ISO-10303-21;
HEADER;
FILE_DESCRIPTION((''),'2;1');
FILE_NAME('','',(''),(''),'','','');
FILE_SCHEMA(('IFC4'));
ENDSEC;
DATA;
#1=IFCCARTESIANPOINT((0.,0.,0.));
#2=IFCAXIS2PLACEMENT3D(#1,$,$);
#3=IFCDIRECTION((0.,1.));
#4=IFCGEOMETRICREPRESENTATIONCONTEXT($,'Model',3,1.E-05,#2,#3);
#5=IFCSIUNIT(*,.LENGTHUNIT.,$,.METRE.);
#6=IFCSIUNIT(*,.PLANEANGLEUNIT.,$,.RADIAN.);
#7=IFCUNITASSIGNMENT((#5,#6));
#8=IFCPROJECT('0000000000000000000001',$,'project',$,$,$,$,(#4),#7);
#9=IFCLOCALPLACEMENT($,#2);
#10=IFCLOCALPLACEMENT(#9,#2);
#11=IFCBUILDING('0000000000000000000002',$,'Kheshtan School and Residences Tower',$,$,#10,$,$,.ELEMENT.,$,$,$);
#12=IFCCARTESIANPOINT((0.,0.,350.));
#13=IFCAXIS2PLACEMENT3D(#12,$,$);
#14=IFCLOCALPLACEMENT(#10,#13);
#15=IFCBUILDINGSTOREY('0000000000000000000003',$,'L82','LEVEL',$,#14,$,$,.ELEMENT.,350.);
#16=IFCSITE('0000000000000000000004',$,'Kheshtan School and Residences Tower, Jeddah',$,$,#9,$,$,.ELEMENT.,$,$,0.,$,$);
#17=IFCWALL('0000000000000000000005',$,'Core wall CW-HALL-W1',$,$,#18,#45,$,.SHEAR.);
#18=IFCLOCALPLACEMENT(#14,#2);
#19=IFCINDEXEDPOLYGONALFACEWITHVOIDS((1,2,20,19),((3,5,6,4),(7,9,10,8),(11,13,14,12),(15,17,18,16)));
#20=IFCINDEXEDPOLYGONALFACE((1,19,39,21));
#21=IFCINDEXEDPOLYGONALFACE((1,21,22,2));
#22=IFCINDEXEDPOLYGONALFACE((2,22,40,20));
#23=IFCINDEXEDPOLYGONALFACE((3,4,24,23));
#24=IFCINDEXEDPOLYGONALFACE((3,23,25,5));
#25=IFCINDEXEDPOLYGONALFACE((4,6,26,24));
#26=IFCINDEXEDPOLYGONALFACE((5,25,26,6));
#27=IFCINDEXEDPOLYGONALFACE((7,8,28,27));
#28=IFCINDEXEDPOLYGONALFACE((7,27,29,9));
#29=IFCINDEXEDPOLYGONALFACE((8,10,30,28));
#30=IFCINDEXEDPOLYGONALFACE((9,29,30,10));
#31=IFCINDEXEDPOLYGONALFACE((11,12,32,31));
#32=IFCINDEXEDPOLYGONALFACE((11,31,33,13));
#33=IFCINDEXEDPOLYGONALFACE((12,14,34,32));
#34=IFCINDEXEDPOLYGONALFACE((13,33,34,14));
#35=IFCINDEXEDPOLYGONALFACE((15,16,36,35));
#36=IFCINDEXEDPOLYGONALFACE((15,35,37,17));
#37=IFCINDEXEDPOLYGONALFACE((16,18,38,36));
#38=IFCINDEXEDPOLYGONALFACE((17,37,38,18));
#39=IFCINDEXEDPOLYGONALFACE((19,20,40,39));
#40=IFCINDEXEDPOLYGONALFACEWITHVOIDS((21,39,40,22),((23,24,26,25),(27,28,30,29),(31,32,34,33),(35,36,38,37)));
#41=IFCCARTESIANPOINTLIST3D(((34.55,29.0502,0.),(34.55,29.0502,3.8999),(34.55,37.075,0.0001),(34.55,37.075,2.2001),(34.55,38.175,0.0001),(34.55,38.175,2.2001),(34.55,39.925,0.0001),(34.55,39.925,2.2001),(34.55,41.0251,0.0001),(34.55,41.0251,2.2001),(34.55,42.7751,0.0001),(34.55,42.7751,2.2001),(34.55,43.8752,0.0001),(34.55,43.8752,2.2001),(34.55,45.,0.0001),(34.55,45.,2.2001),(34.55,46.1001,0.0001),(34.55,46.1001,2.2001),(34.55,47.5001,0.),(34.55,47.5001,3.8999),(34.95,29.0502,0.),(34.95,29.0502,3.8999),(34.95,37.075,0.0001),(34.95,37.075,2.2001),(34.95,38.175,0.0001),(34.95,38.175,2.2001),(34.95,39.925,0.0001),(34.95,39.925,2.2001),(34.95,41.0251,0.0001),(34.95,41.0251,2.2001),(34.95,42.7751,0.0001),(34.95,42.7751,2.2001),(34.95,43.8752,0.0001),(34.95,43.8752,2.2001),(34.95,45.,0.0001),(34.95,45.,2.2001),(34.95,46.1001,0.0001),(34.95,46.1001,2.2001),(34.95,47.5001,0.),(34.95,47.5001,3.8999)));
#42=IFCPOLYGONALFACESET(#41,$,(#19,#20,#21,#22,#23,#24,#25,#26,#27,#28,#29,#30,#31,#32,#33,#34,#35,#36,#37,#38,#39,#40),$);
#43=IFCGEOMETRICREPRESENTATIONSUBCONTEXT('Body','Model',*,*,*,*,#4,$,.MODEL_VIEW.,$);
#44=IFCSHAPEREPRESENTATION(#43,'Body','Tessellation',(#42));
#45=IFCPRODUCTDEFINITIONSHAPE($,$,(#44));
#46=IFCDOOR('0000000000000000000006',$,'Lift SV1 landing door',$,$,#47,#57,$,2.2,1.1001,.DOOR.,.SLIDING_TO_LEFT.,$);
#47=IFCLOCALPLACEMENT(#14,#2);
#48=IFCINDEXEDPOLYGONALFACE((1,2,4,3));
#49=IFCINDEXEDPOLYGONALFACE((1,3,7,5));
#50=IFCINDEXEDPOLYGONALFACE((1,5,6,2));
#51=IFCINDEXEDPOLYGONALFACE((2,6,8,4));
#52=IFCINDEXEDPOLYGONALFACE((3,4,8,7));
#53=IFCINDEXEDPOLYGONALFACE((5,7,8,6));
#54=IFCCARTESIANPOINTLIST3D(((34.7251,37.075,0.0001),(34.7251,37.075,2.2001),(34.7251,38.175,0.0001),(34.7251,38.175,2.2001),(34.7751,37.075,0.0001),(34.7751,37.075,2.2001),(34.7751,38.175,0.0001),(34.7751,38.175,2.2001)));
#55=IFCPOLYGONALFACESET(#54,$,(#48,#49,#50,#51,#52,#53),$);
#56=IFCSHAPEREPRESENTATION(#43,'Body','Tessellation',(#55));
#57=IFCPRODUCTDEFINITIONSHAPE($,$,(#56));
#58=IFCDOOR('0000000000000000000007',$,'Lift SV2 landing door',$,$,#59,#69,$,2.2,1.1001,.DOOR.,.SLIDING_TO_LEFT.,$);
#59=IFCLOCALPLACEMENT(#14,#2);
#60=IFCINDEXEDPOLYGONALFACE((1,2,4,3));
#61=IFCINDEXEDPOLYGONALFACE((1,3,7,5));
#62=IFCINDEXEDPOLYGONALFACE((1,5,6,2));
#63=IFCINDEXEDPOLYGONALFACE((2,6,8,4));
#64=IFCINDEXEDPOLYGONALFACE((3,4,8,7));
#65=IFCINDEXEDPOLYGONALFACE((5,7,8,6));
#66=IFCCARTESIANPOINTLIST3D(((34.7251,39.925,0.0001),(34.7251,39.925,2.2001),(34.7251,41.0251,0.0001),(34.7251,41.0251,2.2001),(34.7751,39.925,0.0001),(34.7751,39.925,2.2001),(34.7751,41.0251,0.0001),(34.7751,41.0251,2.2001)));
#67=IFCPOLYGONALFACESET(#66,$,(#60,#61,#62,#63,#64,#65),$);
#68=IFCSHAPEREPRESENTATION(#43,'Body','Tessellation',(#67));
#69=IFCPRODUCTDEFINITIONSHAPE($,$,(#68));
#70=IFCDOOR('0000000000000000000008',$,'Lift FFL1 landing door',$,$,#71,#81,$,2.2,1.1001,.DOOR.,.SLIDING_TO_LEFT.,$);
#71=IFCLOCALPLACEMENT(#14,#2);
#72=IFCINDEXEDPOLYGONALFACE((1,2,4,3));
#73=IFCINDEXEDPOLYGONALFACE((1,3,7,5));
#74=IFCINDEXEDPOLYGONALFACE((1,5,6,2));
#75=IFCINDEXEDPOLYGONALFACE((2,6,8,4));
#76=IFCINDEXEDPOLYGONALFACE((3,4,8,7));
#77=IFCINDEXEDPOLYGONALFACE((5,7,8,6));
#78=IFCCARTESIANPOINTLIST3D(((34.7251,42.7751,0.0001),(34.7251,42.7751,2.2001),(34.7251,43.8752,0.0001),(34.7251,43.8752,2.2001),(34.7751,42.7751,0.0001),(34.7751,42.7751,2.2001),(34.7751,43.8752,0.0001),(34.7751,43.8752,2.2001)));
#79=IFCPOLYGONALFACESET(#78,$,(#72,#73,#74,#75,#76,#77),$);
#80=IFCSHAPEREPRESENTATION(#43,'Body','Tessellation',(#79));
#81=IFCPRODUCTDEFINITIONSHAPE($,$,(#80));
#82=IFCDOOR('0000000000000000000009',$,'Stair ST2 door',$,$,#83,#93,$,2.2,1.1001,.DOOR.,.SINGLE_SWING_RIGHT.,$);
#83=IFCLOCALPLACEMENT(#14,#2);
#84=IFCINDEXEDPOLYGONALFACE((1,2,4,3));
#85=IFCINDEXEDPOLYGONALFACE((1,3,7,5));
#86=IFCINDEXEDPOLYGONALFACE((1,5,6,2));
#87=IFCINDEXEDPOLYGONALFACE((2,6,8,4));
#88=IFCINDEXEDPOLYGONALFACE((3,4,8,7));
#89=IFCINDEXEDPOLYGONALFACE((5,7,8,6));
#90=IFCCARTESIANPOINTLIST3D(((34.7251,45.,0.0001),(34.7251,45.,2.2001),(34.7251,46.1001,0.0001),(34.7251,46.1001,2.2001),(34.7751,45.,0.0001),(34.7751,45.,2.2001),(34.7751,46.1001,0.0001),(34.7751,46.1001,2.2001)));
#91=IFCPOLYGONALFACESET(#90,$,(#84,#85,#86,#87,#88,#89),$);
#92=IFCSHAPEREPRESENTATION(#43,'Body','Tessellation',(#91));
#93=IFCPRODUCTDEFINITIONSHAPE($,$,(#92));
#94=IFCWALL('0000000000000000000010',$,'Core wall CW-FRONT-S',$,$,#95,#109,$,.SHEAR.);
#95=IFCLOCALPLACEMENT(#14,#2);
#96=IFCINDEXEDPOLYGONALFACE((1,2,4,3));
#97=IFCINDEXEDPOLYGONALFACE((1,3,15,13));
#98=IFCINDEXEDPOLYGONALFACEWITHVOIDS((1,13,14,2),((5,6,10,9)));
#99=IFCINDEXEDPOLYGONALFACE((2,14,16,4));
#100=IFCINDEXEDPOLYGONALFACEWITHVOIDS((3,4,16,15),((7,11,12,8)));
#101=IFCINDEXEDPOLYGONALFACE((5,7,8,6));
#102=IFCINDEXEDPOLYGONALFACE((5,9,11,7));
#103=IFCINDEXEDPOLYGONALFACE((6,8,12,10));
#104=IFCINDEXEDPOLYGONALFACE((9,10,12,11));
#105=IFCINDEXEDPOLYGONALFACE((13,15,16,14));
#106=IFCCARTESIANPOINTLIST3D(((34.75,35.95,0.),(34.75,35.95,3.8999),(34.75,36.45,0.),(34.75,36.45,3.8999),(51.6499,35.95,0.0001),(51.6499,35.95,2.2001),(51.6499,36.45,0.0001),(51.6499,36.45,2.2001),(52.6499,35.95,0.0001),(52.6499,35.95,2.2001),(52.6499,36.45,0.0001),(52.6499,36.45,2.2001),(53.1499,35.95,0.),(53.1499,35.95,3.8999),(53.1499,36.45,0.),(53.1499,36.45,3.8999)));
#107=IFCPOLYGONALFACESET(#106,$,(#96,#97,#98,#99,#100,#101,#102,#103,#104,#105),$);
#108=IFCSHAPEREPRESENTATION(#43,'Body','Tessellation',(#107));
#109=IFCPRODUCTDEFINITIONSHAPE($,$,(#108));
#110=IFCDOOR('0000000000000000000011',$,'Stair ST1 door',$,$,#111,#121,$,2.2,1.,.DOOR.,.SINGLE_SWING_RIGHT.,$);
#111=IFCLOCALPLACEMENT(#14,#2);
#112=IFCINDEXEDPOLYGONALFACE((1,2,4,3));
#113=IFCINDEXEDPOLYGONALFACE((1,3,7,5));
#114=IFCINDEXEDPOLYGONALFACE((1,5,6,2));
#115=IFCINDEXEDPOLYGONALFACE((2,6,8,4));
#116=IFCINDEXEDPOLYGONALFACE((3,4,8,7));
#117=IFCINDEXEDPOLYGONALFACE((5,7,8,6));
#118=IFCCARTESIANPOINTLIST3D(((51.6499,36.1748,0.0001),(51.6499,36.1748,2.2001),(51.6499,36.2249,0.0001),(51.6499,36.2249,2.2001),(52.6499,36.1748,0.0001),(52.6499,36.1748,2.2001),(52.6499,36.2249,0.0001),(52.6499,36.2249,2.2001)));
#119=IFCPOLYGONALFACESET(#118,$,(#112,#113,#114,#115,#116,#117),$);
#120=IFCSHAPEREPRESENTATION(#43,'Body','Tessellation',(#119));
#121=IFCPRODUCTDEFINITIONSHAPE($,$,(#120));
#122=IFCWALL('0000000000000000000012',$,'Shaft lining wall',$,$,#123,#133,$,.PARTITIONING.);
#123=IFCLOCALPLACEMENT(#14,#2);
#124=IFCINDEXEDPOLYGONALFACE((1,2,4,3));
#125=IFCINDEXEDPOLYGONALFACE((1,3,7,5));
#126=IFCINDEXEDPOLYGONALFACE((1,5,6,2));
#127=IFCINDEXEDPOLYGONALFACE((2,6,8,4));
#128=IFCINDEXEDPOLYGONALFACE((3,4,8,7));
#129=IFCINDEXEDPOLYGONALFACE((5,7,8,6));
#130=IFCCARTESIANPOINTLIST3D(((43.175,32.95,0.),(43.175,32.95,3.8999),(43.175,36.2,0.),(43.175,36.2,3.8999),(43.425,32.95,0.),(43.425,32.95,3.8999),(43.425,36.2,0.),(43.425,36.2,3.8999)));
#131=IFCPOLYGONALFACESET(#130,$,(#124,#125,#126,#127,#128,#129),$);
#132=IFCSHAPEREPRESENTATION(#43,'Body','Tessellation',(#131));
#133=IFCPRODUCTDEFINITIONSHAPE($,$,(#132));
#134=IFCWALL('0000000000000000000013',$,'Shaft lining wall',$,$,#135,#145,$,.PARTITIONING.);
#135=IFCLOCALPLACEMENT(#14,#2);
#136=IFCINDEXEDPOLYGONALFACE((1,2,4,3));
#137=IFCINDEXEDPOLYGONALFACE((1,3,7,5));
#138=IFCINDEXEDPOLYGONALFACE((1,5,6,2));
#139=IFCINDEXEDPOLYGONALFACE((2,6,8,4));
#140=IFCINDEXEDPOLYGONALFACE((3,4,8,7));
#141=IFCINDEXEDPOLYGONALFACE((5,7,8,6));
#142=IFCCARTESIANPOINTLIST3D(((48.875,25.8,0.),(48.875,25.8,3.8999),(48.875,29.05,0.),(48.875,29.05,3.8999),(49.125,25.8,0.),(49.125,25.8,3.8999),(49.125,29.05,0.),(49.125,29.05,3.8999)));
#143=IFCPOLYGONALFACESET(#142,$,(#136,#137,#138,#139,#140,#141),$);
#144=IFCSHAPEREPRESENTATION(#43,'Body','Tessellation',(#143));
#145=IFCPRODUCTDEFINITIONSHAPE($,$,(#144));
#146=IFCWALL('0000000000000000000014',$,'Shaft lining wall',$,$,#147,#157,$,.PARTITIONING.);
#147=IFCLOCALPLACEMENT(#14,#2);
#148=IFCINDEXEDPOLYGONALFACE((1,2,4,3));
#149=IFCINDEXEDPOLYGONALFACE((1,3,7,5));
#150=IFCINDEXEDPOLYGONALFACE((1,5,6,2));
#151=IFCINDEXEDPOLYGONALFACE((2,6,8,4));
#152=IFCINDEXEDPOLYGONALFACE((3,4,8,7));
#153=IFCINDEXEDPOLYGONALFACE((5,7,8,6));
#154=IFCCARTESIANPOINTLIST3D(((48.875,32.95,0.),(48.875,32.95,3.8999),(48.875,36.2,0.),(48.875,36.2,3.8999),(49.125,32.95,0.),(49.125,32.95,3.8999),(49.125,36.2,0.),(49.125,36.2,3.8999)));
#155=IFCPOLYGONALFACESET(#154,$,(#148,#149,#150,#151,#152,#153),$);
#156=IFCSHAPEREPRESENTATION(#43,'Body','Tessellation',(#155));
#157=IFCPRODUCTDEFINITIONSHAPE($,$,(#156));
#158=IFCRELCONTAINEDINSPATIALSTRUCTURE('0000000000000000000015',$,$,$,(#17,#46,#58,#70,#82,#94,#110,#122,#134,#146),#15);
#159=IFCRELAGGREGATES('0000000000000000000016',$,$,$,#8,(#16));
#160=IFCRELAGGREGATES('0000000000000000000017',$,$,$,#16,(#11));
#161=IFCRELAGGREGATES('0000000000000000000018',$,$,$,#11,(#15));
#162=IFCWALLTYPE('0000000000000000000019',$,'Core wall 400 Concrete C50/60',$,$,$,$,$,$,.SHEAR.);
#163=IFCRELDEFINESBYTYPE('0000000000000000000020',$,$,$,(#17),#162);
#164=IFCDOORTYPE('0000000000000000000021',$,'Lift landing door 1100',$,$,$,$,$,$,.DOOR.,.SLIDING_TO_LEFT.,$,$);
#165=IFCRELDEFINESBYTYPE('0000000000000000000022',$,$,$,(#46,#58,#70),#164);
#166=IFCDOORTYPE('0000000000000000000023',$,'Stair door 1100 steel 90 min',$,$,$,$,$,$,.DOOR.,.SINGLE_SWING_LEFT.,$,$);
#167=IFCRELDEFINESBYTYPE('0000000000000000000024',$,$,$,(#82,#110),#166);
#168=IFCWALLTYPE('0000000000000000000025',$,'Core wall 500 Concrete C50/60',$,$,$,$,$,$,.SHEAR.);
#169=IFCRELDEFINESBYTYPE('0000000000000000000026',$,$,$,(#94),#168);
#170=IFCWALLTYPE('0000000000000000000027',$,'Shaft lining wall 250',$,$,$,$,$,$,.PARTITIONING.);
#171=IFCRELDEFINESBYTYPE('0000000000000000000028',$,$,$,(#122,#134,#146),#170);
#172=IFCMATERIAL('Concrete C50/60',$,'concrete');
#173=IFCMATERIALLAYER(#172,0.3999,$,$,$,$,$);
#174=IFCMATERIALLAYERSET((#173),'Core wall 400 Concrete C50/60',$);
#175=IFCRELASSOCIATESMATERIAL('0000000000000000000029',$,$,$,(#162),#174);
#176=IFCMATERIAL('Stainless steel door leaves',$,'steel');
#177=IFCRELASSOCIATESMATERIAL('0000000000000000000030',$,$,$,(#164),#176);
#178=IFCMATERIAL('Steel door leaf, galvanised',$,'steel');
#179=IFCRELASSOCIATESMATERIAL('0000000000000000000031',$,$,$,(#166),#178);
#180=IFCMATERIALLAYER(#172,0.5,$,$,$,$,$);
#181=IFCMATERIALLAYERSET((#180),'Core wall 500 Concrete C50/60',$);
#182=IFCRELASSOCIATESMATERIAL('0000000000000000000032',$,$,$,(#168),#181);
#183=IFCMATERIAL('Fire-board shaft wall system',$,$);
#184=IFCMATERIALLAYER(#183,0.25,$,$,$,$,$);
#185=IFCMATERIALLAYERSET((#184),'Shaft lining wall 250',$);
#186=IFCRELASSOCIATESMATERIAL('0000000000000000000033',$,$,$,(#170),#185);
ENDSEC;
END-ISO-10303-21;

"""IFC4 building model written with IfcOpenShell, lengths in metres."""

from ifc_helpers import new_model, si_unit, direction, frame, frame_2d, origin, place, context, subcontext, project, spatial, rectangle, extrude, source, transform, mapped, material, layer, layer_set, type_object, element, fill, save


model = new_model("IFC4")

# Units and contexts
model_context = context("Model", 3, precision=1e-05, world=origin(), true_north=direction((0.0, 1.0)))
body_context = subcontext(model_context, "Body", "Model", "MODEL_VIEW")
ifc_project = project(units=[si_unit("LENGTHUNIT", "METRE"), si_unit("PLANEANGLEUNIT", "RADIAN")], contexts=[model_context])

# Site, building, storey
site_placement = place(None, origin())
site = spatial("IfcSite", under=ifc_project, at=site_placement, Name="Kheshtan School and Residences Tower, Jeddah", CompositionType="ELEMENT", RefElevation=0.0)
building_placement = place(site_placement, origin())
building = spatial("IfcBuilding", under=site, at=building_placement, Name="Kheshtan School and Residences Tower", CompositionType="ELEMENT")
storey_placement = place(building_placement, frame((0.0, 0.0, 350.0)))
storey = spatial("IfcBuildingStorey", under=building, at=storey_placement, Name="L82", Description="LEVEL", CompositionType="ELEMENT", Elevation=350.0)

# Wall, openings, doors
ifc_material_1 = material(Name="Concrete C50/60", Category="concrete")
ifc_layer_1 = layer(ifc_material_1, 0.3999)
ifc_layer_set_1 = layer_set([ifc_layer_1], Name="Core wall 400 Concrete C50/60")
wall_type_1 = type_object("IfcWallType", Name="Core wall 400 Concrete C50/60", PredefinedType="SHEAR", material=ifc_layer_set_1)
ifc_material_2 = material(Name="Stainless steel door leaves", Category="steel")
door_type_1 = type_object("IfcDoorType", Name="Lift landing door 1100", OperationType="SLIDING_TO_LEFT", PredefinedType="DOOR", material=ifc_material_2)
shared_shape_1 = source(origin(), body_context, "Body", "SweptSolid", [
    extrude(rectangle(XDim=1.1001, YDim=2.2, at=frame_2d((0.55, 1.1001))), frame((0.0, 0.0249, 0.0), z_axis=(0.0, -1.0, 0.0), x_axis=(1.0, 0.0, 0.0)), (0.0, 0.0, 1.0), 0.05),
])
wall_1_placement = place(storey_placement, frame((34.75, 29.05, 0.0), z_axis=(0.0, 0.0, 1.0), x_axis=(0.0, 1.0, 0.0)))
wall_1 = element("IfcWall", 1, at=wall_1_placement, inside=storey, type_object=wall_type_1, Name="Core wall CW-HALL-W1", PredefinedType="SHEAR", context=body_context, shape_type="SweptSolid", body=[
    extrude(rectangle(XDim=18.45, YDim=0.3999, at=frame_2d((9.2251, 0.0))), origin(), (0.0, 0.0, 1.0), 3.8999),
])
opening_1_placement = place(wall_1_placement, frame((8.0249, 0.0, 0.0)))
opening_1 = element("IfcOpeningElement", 2, at=opening_1_placement, cuts=wall_1, PredefinedType="OPENING", context=body_context, shape_type="SweptSolid", body=[
    extrude(rectangle(XDim=1.1001, YDim=2.2, at=frame_2d((0.55, 1.1001))), frame((0.0, 0.21, 0.0), z_axis=(0.0, -1.0, 0.0), x_axis=(1.0, 0.0, 0.0)), (0.0, 0.0, 1.0), 0.4199),
])
opening_2_placement = place(wall_1_placement, frame((10.875, 0.0, 0.0)))
opening_2 = element("IfcOpeningElement", 3, at=opening_2_placement, cuts=wall_1, PredefinedType="OPENING", context=body_context, shape_type="SweptSolid", body=[
    extrude(rectangle(XDim=1.1001, YDim=2.2, at=frame_2d((0.55, 1.1001))), frame((0.0, 0.21, 0.0), z_axis=(0.0, -1.0, 0.0), x_axis=(1.0, 0.0, 0.0)), (0.0, 0.0, 1.0), 0.4199),
])
opening_3_placement = place(wall_1_placement, frame((13.7251, 0.0, 0.0)))
opening_3 = element("IfcOpeningElement", 4, at=opening_3_placement, cuts=wall_1, PredefinedType="OPENING", context=body_context, shape_type="SweptSolid", body=[
    extrude(rectangle(XDim=1.1001, YDim=2.2, at=frame_2d((0.55, 1.1001))), frame((0.0, 0.21, 0.0), z_axis=(0.0, -1.0, 0.0), x_axis=(1.0, 0.0, 0.0)), (0.0, 0.0, 1.0), 0.4199),
])
opening_4_placement = place(wall_1_placement, frame((15.95, 0.0, 0.0)))
opening_4 = element("IfcOpeningElement", 5, at=opening_4_placement, cuts=wall_1, PredefinedType="OPENING", context=body_context, shape_type="SweptSolid", body=[
    extrude(rectangle(XDim=1.1001, YDim=2.2, at=frame_2d((0.55, 1.1001))), frame((0.0, 0.21, 0.0), z_axis=(0.0, -1.0, 0.0), x_axis=(1.0, 0.0, 0.0)), (0.0, 0.0, 1.0), 0.4199),
])
door_1_placement = place(opening_1_placement, origin())
door_1 = element("IfcDoor", 6, at=door_1_placement, inside=storey, type_object=door_type_1, Name="Lift SV1 landing door", OperationType="SLIDING_TO_LEFT", OverallHeight=2.2, OverallWidth=1.1001, PredefinedType="DOOR", context=body_context, shape_type="MappedRepresentation", body=[
    mapped(shared_shape_1, transform((0.0, 0.0, 0.0), x_axis=(1.0, 0.0, 0.0), y_axis=(0.0, 1.0, 0.0), z_axis=(0.0, 0.0, 1.0), scale=1.0)),
])
fill(opening_1, door_1)
door_2_placement = place(opening_2_placement, origin())
door_2 = element("IfcDoor", 7, at=door_2_placement, inside=storey, type_object=door_type_1, Name="Lift SV2 landing door", OperationType="SLIDING_TO_LEFT", OverallHeight=2.2, OverallWidth=1.1001, PredefinedType="DOOR", context=body_context, shape_type="MappedRepresentation", body=[
    mapped(shared_shape_1, transform((0.0, 0.0, 0.0), x_axis=(1.0, 0.0, 0.0), y_axis=(0.0, 1.0, 0.0), z_axis=(0.0, 0.0, 1.0), scale=1.0)),
])
fill(opening_2, door_2)
door_3_placement = place(opening_3_placement, origin())
door_3 = element("IfcDoor", 8, at=door_3_placement, inside=storey, type_object=door_type_1, Name="Lift FFL1 landing door", OperationType="SLIDING_TO_LEFT", OverallHeight=2.2, OverallWidth=1.1001, PredefinedType="DOOR", context=body_context, shape_type="MappedRepresentation", body=[
    mapped(shared_shape_1, transform((0.0, 0.0, 0.0), x_axis=(1.0, 0.0, 0.0), y_axis=(0.0, 1.0, 0.0), z_axis=(0.0, 0.0, 1.0), scale=1.0)),
])
fill(opening_3, door_3)
ifc_material_3 = material(Name="Steel door leaf, galvanised", Category="steel")
door_type_2 = type_object("IfcDoorType", Name="Stair door 1100 steel 90 min", OperationType="SINGLE_SWING_LEFT", PredefinedType="DOOR", material=ifc_material_3)
shared_shape_2 = source(origin(), body_context, "Body", "SweptSolid", [
    extrude(rectangle(XDim=1.1001, YDim=2.2, at=frame_2d((0.55, 1.1001))), frame((0.0, 0.0249, 0.0), z_axis=(0.0, -1.0, 0.0), x_axis=(1.0, 0.0, 0.0)), (0.0, 0.0, 1.0), 0.05),
])
door_4_placement = place(opening_4_placement, origin())
door_4 = element("IfcDoor", 9, at=door_4_placement, inside=storey, type_object=door_type_2, Name="Stair ST2 door", OperationType="SINGLE_SWING_RIGHT", OverallHeight=2.2, OverallWidth=1.1001, PredefinedType="DOOR", context=body_context, shape_type="MappedRepresentation", body=[
    mapped(shared_shape_2, transform((0.0, 0.0, 0.0), x_axis=(1.0, 0.0, 0.0), y_axis=(0.0, 1.0, 0.0), z_axis=(0.0, 0.0, 1.0), scale=1.0)),
])
fill(opening_4, door_4)

# Wall, opening, door
ifc_layer_2 = layer(ifc_material_1, 0.5)
ifc_layer_set_2 = layer_set([ifc_layer_2], Name="Core wall 500 Concrete C50/60")
wall_type_2 = type_object("IfcWallType", Name="Core wall 500 Concrete C50/60", PredefinedType="SHEAR", material=ifc_layer_set_2)
wall_2_placement = place(storey_placement, frame((34.75, 36.2, 0.0), z_axis=(0.0, 0.0, 1.0), x_axis=(1.0, 0.0, 0.0)))
wall_2 = element("IfcWall", 10, at=wall_2_placement, inside=storey, type_object=wall_type_2, Name="Core wall CW-FRONT-S", PredefinedType="SHEAR", context=body_context, shape_type="SweptSolid", body=[
    extrude(rectangle(XDim=18.3999, YDim=0.5, at=frame_2d((9.2, 0.0))), origin(), (0.0, 0.0, 1.0), 3.8999),
])
opening_5_placement = place(wall_2_placement, frame((16.8999, 0.0, 0.0)))
opening_5 = element("IfcOpeningElement", 11, at=opening_5_placement, cuts=wall_2, PredefinedType="OPENING", context=body_context, shape_type="SweptSolid", body=[
    extrude(rectangle(XDim=1.0, YDim=2.2, at=frame_2d((0.5, 1.1001))), frame((0.0, 0.26, 0.0), z_axis=(0.0, -1.0, 0.0), x_axis=(1.0, 0.0, 0.0)), (0.0, 0.0, 1.0), 0.52),
])
shared_shape_3 = source(origin(), body_context, "Body", "SweptSolid", [
    extrude(rectangle(XDim=1.0, YDim=2.2, at=frame_2d((0.5, 1.1001))), frame((0.0, 0.0249, 0.0), z_axis=(0.0, -1.0, 0.0), x_axis=(1.0, 0.0, 0.0)), (0.0, 0.0, 1.0), 0.05),
])
door_5_placement = place(opening_5_placement, origin())
door_5 = element("IfcDoor", 12, at=door_5_placement, inside=storey, type_object=door_type_2, Name="Stair ST1 door", OperationType="SINGLE_SWING_RIGHT", OverallHeight=2.2, OverallWidth=1.0, PredefinedType="DOOR", context=body_context, shape_type="MappedRepresentation", body=[
    mapped(shared_shape_3, transform((0.0, 0.0, 0.0), x_axis=(1.0, 0.0, 0.0), y_axis=(0.0, 1.0, 0.0), z_axis=(0.0, 0.0, 1.0), scale=1.0)),
])
fill(opening_5, door_5)

# Walls
ifc_material_4 = material(Name="Fire-board shaft wall system")
ifc_layer_3 = layer(ifc_material_4, 0.25)
ifc_layer_set_3 = layer_set([ifc_layer_3], Name="Shaft lining wall 250")
wall_type_3 = type_object("IfcWallType", Name="Shaft lining wall 250", PredefinedType="PARTITIONING", material=ifc_layer_set_3)
for number, where, z_axis, x_axis, name in (
    (13, (43.3, 32.95, 0.0), (0.0, 0.0, 1.0), (0.0, 1.0, 0.0), "Shaft lining wall"),
    (14, (49.0, 25.8, 0.0), (0.0, 0.0, 1.0), (0.0, 1.0, 0.0), "Shaft lining wall"),
    (15, (49.0, 32.95, 0.0), (0.0, 0.0, 1.0), (0.0, 1.0, 0.0), "Shaft lining wall"),
):
    element("IfcWall", number, at=place(storey_placement, frame(where, z_axis=z_axis, x_axis=x_axis)), inside=storey, type_object=wall_type_3, Name=name, PredefinedType="PARTITIONING", context=body_context, shape_type="SweptSolid", body=[
        extrude(rectangle(XDim=3.25, YDim=0.25, at=frame_2d((1.625, 0.0))), origin(), (0.0, 0.0, 1.0), 3.8999),
    ])

save(model, "model.ifc")
